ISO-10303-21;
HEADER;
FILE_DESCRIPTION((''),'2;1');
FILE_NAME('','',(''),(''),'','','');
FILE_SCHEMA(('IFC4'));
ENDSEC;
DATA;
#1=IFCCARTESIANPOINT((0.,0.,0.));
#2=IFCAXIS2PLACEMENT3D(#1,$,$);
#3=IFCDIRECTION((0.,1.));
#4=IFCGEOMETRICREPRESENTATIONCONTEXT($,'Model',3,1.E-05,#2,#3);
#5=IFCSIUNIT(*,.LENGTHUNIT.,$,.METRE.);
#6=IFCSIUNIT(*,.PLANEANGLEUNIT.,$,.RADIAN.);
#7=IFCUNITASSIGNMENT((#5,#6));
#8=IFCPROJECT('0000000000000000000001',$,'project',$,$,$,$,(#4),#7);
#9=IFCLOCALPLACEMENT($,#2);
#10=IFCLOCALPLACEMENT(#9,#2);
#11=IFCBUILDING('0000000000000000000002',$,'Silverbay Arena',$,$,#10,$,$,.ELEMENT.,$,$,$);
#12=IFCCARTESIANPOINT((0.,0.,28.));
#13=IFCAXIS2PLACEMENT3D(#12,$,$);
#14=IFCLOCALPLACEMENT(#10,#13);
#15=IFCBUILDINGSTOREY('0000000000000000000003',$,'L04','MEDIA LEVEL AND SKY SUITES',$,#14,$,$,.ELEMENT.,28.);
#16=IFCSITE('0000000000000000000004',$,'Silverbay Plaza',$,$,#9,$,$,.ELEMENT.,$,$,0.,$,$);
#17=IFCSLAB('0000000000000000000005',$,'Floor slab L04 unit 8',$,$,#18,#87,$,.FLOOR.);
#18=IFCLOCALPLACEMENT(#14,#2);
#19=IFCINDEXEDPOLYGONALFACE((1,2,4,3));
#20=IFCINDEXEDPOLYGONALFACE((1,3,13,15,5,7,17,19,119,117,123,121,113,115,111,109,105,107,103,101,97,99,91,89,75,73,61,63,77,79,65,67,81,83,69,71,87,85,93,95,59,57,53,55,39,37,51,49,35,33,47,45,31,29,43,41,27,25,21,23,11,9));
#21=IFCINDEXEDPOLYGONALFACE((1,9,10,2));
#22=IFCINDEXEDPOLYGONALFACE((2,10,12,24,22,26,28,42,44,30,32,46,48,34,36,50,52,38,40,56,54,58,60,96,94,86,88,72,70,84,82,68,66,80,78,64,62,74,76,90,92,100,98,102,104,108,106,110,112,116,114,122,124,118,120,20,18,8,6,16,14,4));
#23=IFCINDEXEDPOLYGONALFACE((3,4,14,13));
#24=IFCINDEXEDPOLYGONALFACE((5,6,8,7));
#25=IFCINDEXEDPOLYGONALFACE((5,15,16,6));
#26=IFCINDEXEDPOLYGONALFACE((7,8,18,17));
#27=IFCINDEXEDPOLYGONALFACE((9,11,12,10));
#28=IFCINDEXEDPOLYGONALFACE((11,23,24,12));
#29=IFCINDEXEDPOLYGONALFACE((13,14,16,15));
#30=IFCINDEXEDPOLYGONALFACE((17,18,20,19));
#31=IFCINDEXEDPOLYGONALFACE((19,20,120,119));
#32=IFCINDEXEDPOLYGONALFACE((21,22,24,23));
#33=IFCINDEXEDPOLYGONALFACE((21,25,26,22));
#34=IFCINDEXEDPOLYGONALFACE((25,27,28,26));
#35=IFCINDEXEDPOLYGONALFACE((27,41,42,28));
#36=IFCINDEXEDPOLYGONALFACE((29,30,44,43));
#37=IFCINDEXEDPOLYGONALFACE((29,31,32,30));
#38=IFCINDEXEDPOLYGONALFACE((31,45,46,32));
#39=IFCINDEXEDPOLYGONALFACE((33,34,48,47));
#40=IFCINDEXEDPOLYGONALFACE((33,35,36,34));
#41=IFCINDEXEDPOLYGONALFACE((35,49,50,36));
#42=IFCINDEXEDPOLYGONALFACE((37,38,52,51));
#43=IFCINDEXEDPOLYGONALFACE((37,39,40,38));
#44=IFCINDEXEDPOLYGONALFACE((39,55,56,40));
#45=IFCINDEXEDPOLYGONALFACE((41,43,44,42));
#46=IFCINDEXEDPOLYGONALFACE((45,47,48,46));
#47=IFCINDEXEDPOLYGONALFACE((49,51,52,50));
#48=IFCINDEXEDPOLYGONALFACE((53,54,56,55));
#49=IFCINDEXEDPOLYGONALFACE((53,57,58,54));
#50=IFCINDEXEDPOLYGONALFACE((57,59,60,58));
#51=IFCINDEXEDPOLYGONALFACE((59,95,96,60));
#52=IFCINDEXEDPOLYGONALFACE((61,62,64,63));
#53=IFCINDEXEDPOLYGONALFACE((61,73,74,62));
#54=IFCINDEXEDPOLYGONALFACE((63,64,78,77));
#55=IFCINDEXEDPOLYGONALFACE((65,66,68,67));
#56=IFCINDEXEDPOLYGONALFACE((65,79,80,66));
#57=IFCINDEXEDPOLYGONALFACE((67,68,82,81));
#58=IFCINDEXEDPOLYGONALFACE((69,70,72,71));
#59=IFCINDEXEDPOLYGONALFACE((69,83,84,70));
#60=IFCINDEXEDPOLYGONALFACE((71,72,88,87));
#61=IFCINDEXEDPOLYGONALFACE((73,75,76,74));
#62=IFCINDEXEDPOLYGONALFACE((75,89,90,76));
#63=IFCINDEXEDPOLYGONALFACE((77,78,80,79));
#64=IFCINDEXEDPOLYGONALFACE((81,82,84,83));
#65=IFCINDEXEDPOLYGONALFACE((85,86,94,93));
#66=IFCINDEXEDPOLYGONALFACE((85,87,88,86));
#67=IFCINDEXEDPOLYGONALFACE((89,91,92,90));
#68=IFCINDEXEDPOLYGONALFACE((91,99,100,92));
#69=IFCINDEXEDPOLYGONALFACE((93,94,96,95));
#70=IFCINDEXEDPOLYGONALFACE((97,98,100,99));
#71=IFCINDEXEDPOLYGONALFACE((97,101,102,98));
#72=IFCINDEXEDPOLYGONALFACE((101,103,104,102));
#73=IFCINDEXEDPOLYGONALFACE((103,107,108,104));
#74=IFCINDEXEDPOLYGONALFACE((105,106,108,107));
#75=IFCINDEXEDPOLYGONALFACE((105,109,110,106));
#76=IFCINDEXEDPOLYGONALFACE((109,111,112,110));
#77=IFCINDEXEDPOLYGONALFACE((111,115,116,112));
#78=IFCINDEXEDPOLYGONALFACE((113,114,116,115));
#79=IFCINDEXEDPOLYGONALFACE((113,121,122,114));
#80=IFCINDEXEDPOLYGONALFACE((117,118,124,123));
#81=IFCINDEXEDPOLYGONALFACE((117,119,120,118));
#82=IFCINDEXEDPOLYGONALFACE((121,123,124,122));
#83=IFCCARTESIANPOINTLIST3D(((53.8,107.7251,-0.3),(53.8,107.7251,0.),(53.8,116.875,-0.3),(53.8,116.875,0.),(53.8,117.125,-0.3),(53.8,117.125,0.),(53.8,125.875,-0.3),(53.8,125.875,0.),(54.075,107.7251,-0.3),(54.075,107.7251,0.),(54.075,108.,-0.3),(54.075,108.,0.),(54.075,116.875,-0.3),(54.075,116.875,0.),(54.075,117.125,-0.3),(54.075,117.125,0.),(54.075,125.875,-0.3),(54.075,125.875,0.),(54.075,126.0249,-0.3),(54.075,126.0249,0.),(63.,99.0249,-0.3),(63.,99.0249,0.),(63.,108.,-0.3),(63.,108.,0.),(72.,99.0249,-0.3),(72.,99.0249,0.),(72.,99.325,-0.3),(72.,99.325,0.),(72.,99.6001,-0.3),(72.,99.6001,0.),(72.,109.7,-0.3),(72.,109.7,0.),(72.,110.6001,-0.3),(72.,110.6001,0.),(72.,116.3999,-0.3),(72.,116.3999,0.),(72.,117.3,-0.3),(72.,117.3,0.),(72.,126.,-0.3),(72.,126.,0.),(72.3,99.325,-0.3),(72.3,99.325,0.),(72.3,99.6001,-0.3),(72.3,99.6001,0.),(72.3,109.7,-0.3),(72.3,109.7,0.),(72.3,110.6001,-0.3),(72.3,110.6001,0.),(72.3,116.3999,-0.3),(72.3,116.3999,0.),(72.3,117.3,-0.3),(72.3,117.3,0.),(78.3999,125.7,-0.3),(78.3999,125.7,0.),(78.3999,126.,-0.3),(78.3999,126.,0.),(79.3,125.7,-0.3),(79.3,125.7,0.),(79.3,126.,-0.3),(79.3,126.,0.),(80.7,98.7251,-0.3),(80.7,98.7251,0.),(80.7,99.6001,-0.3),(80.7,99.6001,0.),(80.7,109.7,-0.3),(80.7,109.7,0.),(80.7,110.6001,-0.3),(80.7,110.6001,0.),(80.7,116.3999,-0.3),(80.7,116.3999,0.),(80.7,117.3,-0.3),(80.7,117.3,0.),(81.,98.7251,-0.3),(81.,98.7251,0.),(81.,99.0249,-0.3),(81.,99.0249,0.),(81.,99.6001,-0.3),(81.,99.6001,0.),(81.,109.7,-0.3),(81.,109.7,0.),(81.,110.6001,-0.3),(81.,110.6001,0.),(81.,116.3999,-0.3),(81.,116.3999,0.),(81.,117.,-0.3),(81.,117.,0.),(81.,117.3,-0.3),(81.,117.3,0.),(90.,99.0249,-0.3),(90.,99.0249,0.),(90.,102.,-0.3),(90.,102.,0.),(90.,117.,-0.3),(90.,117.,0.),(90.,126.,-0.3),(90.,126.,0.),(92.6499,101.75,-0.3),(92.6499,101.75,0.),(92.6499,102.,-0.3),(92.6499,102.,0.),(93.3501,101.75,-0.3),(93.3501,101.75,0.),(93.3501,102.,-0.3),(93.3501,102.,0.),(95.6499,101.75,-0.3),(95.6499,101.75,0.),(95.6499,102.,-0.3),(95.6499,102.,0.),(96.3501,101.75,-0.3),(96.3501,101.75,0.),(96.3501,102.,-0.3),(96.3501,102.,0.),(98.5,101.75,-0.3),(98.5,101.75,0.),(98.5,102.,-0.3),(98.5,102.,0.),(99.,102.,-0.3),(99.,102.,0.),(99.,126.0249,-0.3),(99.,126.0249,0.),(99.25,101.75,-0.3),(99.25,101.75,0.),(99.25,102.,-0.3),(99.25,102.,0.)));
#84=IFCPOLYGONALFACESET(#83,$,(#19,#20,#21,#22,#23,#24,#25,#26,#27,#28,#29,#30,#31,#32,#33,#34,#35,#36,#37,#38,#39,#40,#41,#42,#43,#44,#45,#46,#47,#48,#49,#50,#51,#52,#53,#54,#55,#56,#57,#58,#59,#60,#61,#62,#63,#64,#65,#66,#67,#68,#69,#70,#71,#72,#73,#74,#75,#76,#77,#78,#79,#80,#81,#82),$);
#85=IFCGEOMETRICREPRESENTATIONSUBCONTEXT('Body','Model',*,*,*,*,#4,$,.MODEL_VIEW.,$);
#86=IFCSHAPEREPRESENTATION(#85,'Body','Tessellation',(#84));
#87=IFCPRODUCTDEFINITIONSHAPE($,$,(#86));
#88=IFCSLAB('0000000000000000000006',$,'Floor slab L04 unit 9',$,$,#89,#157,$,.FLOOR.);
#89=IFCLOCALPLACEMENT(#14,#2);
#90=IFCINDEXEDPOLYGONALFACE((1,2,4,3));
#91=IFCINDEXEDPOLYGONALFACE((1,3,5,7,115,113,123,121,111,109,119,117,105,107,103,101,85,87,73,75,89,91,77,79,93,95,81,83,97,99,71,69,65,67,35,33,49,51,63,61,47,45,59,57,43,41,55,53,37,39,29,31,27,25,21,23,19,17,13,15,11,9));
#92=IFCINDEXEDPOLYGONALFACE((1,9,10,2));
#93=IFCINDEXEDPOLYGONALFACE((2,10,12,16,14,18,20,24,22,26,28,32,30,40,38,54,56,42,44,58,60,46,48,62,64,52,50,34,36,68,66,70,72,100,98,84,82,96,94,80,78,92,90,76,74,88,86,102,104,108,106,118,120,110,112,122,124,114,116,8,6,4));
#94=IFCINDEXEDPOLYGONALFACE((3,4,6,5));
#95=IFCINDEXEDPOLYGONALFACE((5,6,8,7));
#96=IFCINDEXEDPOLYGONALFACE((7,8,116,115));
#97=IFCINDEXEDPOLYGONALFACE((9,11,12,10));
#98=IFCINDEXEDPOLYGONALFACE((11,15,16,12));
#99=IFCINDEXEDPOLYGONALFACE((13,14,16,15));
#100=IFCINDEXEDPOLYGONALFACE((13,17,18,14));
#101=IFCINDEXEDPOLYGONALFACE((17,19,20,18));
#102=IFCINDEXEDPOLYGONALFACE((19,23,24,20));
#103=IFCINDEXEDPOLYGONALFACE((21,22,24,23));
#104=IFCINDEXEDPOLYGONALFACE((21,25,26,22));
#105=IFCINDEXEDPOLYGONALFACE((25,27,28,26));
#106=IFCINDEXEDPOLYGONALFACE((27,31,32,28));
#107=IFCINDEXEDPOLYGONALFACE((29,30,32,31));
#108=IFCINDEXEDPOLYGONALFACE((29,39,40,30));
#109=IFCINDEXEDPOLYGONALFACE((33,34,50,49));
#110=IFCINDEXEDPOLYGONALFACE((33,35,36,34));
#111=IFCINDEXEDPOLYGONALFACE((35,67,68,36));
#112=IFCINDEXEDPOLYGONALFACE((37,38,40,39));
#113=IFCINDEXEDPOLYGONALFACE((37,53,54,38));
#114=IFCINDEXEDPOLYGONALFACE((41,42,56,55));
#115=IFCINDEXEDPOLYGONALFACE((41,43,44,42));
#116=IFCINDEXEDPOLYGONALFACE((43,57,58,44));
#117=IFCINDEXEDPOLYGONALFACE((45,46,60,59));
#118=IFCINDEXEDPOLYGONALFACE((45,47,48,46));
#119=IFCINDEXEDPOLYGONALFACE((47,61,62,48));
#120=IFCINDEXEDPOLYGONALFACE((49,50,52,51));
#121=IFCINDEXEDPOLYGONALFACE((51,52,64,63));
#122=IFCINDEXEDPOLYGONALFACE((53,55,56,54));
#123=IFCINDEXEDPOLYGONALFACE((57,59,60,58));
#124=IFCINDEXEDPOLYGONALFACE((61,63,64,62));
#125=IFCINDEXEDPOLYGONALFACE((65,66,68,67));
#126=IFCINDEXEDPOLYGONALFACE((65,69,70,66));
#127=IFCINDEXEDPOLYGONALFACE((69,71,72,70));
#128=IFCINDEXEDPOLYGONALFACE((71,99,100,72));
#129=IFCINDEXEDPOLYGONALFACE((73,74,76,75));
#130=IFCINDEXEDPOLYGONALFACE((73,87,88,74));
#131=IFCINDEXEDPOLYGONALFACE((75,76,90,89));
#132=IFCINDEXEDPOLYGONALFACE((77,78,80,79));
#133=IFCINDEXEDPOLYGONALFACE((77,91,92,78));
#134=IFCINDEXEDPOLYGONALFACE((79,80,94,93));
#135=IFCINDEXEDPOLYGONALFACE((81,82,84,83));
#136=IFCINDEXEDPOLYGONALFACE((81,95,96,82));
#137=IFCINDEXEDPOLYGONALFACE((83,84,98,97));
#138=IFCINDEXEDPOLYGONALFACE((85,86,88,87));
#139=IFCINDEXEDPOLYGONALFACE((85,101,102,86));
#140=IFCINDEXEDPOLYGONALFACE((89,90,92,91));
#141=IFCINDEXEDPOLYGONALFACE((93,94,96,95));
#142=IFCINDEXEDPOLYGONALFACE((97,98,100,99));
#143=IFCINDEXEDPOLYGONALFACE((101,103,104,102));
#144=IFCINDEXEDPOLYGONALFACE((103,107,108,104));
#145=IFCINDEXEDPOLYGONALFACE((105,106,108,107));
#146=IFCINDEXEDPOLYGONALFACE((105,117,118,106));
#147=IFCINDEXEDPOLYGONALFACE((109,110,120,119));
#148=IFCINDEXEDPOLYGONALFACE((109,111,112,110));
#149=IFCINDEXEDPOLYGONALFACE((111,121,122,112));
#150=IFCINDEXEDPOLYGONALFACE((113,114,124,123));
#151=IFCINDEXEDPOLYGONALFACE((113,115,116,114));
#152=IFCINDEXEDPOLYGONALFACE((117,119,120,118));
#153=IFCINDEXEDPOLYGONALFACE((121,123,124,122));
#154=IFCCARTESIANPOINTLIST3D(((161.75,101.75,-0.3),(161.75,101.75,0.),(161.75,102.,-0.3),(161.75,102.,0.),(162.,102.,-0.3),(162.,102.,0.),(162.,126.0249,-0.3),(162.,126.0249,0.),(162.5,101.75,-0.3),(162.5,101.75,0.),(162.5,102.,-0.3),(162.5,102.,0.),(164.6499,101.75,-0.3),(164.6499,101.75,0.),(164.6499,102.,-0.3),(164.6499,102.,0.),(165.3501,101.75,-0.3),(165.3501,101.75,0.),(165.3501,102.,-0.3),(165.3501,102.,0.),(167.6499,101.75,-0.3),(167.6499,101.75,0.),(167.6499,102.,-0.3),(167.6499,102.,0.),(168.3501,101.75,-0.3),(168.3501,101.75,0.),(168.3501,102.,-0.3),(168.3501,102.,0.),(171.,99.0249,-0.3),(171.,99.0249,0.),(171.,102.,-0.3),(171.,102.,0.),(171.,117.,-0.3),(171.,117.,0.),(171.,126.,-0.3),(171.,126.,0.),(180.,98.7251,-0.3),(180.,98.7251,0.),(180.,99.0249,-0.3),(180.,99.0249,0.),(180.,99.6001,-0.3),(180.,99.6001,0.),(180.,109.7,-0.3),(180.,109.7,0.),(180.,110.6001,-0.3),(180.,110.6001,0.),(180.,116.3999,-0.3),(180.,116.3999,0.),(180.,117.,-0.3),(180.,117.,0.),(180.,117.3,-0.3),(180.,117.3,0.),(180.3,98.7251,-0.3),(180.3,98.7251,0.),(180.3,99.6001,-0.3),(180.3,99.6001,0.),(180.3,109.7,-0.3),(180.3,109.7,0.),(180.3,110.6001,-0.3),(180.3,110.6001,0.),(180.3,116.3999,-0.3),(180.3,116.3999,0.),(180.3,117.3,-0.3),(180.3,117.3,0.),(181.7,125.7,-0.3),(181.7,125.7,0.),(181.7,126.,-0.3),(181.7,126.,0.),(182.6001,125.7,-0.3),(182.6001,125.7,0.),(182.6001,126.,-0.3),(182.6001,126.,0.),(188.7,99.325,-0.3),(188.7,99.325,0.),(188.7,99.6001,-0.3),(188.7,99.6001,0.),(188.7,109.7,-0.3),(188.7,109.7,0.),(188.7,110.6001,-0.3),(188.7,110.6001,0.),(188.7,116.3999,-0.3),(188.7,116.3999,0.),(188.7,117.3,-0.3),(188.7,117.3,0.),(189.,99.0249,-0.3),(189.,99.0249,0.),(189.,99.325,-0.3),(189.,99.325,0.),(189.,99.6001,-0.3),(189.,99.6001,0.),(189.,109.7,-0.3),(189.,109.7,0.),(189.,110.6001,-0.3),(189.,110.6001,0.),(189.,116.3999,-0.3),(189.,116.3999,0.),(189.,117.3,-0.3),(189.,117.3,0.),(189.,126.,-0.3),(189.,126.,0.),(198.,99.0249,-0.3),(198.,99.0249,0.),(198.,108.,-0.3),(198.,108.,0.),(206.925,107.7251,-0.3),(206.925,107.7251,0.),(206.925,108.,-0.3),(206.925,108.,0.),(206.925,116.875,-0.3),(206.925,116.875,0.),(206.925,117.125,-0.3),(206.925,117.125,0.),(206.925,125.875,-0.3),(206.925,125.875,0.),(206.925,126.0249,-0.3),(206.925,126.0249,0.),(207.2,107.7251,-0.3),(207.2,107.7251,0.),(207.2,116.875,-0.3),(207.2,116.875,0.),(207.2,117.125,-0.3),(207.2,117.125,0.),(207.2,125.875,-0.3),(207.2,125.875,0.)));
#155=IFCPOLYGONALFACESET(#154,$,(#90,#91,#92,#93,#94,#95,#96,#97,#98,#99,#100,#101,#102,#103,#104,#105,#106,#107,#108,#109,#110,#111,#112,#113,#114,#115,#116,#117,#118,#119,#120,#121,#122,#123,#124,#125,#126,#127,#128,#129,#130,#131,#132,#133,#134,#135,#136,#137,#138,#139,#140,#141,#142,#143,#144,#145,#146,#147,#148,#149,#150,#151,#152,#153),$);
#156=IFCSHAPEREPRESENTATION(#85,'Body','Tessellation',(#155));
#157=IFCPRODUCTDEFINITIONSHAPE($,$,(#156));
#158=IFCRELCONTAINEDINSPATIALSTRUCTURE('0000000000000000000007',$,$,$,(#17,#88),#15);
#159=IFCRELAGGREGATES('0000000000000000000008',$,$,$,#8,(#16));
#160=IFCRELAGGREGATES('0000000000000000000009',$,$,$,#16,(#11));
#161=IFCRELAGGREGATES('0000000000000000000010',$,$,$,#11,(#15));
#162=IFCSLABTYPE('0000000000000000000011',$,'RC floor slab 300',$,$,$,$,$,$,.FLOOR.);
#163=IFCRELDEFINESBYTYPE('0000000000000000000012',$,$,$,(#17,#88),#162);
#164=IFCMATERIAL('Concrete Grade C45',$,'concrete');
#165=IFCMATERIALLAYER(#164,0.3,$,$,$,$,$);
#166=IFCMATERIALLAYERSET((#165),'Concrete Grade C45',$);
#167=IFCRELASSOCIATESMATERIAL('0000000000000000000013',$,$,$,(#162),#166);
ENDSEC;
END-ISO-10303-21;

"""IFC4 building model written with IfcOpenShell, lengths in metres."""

from ifc_helpers import new_model, si_unit, direction, frame, origin, place, context, subcontext, project, spatial, polyline, outline, extrude, material, layer, layer_set, type_object, element, save


model = new_model("IFC4")

# Units and contexts
model_context = context("Model", 3, precision=1e-05, world=origin(), true_north=direction((0.0, 1.0)))
body_context = subcontext(model_context, "Body", "Model", "MODEL_VIEW")
ifc_project = project(units=[si_unit("LENGTHUNIT", "METRE"), si_unit("PLANEANGLEUNIT", "RADIAN")], contexts=[model_context])

# Site, building, storey
site_placement = place(None, origin())
site = spatial("IfcSite", under=ifc_project, at=site_placement, Name="Silverbay Plaza", CompositionType="ELEMENT", RefElevation=0.0)
building_placement = place(site_placement, origin())
building = spatial("IfcBuilding", under=site, at=building_placement, Name="Silverbay Arena", CompositionType="ELEMENT")
storey_placement = place(building_placement, frame((0.0, 0.0, 28.0)))
storey = spatial("IfcBuildingStorey", under=building, at=storey_placement, Name="L04", Description="MEDIA LEVEL AND SKY SUITES", CompositionType="ELEMENT", Elevation=28.0)

# Slabs
ifc_material_1 = material(Name="Concrete Grade C45", Category="concrete")
ifc_layer_1 = layer(ifc_material_1, 0.3)
ifc_layer_set_1 = layer_set([ifc_layer_1], Name="Concrete Grade C45")
slab_type = type_object("IfcSlabType", Name="RC floor slab 300", PredefinedType="FLOOR", material=ifc_layer_set_1)
slab_1_placement = place(storey_placement, frame((0.0, 0.0, -0.3)))
element("IfcSlab", 1, at=slab_1_placement, inside=storey, type_object=slab_type, Name="Floor slab L04 unit 8", PredefinedType="FLOOR", context=body_context, shape_type="SweptSolid", body=[
    extrude(outline(polyline([(63.0, 108.0), (54.075, 108.0), (54.075, 107.7251), (53.8, 107.7251), (53.8, 116.875), (54.075, 116.875), (54.075, 117.125), (53.8, 117.125), (53.8, 125.875), (54.075, 125.875), (54.075, 126.0249), (99.0, 126.0249), (99.0, 102.0), (99.25, 102.0), (99.25, 101.75), (98.5, 101.75), (98.5, 102.0), (96.3501, 102.0), (96.3501, 101.75), (95.6499, 101.75), (95.6499, 102.0), (93.3501, 102.0), (93.3501, 101.75), (92.6499, 101.75), (92.6499, 102.0), (90.0, 102.0), (90.0, 99.0249), (81.0, 99.0249), (81.0, 98.7251), (80.7, 98.7251), (80.7, 99.6001), (81.0, 99.6001), (81.0, 109.7), (80.7, 109.7), (80.7, 110.6001), (81.0, 110.6001), (81.0, 116.3999), (80.7, 116.3999), (80.7, 117.3), (81.0, 117.3), (81.0, 117.0), (90.0, 117.0), (90.0, 126.0), (79.3, 126.0), (79.3, 125.7), (78.3999, 125.7), (78.3999, 126.0), (72.0, 126.0), (72.0, 117.3), (72.3, 117.3), (72.3, 116.3999), (72.0, 116.3999), (72.0, 110.6001), (72.3, 110.6001), (72.3, 109.7), (72.0, 109.7), (72.0, 99.6001), (72.3, 99.6001), (72.3, 99.325), (72.0, 99.325), (72.0, 99.0249), (63.0, 99.0249), (63.0, 108.0)])), origin(), (0.0, 0.0, 1.0), 0.3),
])
slab_2_placement = place(storey_placement, frame((0.0, 0.0, -0.3)))
element("IfcSlab", 2, at=slab_2_placement, inside=storey, type_object=slab_type, Name="Floor slab L04 unit 9", PredefinedType="FLOOR", context=body_context, shape_type="SweptSolid", body=[
    extrude(outline(polyline([(189.0, 99.325), (188.7, 99.325), (188.7, 99.6001), (189.0, 99.6001), (189.0, 109.7), (188.7, 109.7), (188.7, 110.6001), (189.0, 110.6001), (189.0, 116.3999), (188.7, 116.3999), (188.7, 117.3), (189.0, 117.3), (189.0, 126.0), (182.6001, 126.0), (182.6001, 125.7), (181.7, 125.7), (181.7, 126.0), (171.0, 126.0), (171.0, 117.0), (180.0, 117.0), (180.0, 117.3), (180.3, 117.3), (180.3, 116.3999), (180.0, 116.3999), (180.0, 110.6001), (180.3, 110.6001), (180.3, 109.7), (180.0, 109.7), (180.0, 99.6001), (180.3, 99.6001), (180.3, 98.7251), (180.0, 98.7251), (180.0, 99.0249), (171.0, 99.0249), (171.0, 102.0), (168.3501, 102.0), (168.3501, 101.75), (167.6499, 101.75), (167.6499, 102.0), (165.3501, 102.0), (165.3501, 101.75), (164.6499, 101.75), (164.6499, 102.0), (162.5, 102.0), (162.5, 101.75), (161.75, 101.75), (161.75, 102.0), (162.0, 102.0), (162.0, 126.0249), (206.925, 126.0249), (206.925, 125.875), (207.2, 125.875), (207.2, 117.125), (206.925, 117.125), (206.925, 116.875), (207.2, 116.875), (207.2, 107.7251), (206.925, 107.7251), (206.925, 108.0), (198.0, 108.0), (198.0, 99.0249), (189.0, 99.0249), (189.0, 99.325)])), origin(), (0.0, 0.0, 1.0), 0.3),
])

save(model, "model.ifc")
